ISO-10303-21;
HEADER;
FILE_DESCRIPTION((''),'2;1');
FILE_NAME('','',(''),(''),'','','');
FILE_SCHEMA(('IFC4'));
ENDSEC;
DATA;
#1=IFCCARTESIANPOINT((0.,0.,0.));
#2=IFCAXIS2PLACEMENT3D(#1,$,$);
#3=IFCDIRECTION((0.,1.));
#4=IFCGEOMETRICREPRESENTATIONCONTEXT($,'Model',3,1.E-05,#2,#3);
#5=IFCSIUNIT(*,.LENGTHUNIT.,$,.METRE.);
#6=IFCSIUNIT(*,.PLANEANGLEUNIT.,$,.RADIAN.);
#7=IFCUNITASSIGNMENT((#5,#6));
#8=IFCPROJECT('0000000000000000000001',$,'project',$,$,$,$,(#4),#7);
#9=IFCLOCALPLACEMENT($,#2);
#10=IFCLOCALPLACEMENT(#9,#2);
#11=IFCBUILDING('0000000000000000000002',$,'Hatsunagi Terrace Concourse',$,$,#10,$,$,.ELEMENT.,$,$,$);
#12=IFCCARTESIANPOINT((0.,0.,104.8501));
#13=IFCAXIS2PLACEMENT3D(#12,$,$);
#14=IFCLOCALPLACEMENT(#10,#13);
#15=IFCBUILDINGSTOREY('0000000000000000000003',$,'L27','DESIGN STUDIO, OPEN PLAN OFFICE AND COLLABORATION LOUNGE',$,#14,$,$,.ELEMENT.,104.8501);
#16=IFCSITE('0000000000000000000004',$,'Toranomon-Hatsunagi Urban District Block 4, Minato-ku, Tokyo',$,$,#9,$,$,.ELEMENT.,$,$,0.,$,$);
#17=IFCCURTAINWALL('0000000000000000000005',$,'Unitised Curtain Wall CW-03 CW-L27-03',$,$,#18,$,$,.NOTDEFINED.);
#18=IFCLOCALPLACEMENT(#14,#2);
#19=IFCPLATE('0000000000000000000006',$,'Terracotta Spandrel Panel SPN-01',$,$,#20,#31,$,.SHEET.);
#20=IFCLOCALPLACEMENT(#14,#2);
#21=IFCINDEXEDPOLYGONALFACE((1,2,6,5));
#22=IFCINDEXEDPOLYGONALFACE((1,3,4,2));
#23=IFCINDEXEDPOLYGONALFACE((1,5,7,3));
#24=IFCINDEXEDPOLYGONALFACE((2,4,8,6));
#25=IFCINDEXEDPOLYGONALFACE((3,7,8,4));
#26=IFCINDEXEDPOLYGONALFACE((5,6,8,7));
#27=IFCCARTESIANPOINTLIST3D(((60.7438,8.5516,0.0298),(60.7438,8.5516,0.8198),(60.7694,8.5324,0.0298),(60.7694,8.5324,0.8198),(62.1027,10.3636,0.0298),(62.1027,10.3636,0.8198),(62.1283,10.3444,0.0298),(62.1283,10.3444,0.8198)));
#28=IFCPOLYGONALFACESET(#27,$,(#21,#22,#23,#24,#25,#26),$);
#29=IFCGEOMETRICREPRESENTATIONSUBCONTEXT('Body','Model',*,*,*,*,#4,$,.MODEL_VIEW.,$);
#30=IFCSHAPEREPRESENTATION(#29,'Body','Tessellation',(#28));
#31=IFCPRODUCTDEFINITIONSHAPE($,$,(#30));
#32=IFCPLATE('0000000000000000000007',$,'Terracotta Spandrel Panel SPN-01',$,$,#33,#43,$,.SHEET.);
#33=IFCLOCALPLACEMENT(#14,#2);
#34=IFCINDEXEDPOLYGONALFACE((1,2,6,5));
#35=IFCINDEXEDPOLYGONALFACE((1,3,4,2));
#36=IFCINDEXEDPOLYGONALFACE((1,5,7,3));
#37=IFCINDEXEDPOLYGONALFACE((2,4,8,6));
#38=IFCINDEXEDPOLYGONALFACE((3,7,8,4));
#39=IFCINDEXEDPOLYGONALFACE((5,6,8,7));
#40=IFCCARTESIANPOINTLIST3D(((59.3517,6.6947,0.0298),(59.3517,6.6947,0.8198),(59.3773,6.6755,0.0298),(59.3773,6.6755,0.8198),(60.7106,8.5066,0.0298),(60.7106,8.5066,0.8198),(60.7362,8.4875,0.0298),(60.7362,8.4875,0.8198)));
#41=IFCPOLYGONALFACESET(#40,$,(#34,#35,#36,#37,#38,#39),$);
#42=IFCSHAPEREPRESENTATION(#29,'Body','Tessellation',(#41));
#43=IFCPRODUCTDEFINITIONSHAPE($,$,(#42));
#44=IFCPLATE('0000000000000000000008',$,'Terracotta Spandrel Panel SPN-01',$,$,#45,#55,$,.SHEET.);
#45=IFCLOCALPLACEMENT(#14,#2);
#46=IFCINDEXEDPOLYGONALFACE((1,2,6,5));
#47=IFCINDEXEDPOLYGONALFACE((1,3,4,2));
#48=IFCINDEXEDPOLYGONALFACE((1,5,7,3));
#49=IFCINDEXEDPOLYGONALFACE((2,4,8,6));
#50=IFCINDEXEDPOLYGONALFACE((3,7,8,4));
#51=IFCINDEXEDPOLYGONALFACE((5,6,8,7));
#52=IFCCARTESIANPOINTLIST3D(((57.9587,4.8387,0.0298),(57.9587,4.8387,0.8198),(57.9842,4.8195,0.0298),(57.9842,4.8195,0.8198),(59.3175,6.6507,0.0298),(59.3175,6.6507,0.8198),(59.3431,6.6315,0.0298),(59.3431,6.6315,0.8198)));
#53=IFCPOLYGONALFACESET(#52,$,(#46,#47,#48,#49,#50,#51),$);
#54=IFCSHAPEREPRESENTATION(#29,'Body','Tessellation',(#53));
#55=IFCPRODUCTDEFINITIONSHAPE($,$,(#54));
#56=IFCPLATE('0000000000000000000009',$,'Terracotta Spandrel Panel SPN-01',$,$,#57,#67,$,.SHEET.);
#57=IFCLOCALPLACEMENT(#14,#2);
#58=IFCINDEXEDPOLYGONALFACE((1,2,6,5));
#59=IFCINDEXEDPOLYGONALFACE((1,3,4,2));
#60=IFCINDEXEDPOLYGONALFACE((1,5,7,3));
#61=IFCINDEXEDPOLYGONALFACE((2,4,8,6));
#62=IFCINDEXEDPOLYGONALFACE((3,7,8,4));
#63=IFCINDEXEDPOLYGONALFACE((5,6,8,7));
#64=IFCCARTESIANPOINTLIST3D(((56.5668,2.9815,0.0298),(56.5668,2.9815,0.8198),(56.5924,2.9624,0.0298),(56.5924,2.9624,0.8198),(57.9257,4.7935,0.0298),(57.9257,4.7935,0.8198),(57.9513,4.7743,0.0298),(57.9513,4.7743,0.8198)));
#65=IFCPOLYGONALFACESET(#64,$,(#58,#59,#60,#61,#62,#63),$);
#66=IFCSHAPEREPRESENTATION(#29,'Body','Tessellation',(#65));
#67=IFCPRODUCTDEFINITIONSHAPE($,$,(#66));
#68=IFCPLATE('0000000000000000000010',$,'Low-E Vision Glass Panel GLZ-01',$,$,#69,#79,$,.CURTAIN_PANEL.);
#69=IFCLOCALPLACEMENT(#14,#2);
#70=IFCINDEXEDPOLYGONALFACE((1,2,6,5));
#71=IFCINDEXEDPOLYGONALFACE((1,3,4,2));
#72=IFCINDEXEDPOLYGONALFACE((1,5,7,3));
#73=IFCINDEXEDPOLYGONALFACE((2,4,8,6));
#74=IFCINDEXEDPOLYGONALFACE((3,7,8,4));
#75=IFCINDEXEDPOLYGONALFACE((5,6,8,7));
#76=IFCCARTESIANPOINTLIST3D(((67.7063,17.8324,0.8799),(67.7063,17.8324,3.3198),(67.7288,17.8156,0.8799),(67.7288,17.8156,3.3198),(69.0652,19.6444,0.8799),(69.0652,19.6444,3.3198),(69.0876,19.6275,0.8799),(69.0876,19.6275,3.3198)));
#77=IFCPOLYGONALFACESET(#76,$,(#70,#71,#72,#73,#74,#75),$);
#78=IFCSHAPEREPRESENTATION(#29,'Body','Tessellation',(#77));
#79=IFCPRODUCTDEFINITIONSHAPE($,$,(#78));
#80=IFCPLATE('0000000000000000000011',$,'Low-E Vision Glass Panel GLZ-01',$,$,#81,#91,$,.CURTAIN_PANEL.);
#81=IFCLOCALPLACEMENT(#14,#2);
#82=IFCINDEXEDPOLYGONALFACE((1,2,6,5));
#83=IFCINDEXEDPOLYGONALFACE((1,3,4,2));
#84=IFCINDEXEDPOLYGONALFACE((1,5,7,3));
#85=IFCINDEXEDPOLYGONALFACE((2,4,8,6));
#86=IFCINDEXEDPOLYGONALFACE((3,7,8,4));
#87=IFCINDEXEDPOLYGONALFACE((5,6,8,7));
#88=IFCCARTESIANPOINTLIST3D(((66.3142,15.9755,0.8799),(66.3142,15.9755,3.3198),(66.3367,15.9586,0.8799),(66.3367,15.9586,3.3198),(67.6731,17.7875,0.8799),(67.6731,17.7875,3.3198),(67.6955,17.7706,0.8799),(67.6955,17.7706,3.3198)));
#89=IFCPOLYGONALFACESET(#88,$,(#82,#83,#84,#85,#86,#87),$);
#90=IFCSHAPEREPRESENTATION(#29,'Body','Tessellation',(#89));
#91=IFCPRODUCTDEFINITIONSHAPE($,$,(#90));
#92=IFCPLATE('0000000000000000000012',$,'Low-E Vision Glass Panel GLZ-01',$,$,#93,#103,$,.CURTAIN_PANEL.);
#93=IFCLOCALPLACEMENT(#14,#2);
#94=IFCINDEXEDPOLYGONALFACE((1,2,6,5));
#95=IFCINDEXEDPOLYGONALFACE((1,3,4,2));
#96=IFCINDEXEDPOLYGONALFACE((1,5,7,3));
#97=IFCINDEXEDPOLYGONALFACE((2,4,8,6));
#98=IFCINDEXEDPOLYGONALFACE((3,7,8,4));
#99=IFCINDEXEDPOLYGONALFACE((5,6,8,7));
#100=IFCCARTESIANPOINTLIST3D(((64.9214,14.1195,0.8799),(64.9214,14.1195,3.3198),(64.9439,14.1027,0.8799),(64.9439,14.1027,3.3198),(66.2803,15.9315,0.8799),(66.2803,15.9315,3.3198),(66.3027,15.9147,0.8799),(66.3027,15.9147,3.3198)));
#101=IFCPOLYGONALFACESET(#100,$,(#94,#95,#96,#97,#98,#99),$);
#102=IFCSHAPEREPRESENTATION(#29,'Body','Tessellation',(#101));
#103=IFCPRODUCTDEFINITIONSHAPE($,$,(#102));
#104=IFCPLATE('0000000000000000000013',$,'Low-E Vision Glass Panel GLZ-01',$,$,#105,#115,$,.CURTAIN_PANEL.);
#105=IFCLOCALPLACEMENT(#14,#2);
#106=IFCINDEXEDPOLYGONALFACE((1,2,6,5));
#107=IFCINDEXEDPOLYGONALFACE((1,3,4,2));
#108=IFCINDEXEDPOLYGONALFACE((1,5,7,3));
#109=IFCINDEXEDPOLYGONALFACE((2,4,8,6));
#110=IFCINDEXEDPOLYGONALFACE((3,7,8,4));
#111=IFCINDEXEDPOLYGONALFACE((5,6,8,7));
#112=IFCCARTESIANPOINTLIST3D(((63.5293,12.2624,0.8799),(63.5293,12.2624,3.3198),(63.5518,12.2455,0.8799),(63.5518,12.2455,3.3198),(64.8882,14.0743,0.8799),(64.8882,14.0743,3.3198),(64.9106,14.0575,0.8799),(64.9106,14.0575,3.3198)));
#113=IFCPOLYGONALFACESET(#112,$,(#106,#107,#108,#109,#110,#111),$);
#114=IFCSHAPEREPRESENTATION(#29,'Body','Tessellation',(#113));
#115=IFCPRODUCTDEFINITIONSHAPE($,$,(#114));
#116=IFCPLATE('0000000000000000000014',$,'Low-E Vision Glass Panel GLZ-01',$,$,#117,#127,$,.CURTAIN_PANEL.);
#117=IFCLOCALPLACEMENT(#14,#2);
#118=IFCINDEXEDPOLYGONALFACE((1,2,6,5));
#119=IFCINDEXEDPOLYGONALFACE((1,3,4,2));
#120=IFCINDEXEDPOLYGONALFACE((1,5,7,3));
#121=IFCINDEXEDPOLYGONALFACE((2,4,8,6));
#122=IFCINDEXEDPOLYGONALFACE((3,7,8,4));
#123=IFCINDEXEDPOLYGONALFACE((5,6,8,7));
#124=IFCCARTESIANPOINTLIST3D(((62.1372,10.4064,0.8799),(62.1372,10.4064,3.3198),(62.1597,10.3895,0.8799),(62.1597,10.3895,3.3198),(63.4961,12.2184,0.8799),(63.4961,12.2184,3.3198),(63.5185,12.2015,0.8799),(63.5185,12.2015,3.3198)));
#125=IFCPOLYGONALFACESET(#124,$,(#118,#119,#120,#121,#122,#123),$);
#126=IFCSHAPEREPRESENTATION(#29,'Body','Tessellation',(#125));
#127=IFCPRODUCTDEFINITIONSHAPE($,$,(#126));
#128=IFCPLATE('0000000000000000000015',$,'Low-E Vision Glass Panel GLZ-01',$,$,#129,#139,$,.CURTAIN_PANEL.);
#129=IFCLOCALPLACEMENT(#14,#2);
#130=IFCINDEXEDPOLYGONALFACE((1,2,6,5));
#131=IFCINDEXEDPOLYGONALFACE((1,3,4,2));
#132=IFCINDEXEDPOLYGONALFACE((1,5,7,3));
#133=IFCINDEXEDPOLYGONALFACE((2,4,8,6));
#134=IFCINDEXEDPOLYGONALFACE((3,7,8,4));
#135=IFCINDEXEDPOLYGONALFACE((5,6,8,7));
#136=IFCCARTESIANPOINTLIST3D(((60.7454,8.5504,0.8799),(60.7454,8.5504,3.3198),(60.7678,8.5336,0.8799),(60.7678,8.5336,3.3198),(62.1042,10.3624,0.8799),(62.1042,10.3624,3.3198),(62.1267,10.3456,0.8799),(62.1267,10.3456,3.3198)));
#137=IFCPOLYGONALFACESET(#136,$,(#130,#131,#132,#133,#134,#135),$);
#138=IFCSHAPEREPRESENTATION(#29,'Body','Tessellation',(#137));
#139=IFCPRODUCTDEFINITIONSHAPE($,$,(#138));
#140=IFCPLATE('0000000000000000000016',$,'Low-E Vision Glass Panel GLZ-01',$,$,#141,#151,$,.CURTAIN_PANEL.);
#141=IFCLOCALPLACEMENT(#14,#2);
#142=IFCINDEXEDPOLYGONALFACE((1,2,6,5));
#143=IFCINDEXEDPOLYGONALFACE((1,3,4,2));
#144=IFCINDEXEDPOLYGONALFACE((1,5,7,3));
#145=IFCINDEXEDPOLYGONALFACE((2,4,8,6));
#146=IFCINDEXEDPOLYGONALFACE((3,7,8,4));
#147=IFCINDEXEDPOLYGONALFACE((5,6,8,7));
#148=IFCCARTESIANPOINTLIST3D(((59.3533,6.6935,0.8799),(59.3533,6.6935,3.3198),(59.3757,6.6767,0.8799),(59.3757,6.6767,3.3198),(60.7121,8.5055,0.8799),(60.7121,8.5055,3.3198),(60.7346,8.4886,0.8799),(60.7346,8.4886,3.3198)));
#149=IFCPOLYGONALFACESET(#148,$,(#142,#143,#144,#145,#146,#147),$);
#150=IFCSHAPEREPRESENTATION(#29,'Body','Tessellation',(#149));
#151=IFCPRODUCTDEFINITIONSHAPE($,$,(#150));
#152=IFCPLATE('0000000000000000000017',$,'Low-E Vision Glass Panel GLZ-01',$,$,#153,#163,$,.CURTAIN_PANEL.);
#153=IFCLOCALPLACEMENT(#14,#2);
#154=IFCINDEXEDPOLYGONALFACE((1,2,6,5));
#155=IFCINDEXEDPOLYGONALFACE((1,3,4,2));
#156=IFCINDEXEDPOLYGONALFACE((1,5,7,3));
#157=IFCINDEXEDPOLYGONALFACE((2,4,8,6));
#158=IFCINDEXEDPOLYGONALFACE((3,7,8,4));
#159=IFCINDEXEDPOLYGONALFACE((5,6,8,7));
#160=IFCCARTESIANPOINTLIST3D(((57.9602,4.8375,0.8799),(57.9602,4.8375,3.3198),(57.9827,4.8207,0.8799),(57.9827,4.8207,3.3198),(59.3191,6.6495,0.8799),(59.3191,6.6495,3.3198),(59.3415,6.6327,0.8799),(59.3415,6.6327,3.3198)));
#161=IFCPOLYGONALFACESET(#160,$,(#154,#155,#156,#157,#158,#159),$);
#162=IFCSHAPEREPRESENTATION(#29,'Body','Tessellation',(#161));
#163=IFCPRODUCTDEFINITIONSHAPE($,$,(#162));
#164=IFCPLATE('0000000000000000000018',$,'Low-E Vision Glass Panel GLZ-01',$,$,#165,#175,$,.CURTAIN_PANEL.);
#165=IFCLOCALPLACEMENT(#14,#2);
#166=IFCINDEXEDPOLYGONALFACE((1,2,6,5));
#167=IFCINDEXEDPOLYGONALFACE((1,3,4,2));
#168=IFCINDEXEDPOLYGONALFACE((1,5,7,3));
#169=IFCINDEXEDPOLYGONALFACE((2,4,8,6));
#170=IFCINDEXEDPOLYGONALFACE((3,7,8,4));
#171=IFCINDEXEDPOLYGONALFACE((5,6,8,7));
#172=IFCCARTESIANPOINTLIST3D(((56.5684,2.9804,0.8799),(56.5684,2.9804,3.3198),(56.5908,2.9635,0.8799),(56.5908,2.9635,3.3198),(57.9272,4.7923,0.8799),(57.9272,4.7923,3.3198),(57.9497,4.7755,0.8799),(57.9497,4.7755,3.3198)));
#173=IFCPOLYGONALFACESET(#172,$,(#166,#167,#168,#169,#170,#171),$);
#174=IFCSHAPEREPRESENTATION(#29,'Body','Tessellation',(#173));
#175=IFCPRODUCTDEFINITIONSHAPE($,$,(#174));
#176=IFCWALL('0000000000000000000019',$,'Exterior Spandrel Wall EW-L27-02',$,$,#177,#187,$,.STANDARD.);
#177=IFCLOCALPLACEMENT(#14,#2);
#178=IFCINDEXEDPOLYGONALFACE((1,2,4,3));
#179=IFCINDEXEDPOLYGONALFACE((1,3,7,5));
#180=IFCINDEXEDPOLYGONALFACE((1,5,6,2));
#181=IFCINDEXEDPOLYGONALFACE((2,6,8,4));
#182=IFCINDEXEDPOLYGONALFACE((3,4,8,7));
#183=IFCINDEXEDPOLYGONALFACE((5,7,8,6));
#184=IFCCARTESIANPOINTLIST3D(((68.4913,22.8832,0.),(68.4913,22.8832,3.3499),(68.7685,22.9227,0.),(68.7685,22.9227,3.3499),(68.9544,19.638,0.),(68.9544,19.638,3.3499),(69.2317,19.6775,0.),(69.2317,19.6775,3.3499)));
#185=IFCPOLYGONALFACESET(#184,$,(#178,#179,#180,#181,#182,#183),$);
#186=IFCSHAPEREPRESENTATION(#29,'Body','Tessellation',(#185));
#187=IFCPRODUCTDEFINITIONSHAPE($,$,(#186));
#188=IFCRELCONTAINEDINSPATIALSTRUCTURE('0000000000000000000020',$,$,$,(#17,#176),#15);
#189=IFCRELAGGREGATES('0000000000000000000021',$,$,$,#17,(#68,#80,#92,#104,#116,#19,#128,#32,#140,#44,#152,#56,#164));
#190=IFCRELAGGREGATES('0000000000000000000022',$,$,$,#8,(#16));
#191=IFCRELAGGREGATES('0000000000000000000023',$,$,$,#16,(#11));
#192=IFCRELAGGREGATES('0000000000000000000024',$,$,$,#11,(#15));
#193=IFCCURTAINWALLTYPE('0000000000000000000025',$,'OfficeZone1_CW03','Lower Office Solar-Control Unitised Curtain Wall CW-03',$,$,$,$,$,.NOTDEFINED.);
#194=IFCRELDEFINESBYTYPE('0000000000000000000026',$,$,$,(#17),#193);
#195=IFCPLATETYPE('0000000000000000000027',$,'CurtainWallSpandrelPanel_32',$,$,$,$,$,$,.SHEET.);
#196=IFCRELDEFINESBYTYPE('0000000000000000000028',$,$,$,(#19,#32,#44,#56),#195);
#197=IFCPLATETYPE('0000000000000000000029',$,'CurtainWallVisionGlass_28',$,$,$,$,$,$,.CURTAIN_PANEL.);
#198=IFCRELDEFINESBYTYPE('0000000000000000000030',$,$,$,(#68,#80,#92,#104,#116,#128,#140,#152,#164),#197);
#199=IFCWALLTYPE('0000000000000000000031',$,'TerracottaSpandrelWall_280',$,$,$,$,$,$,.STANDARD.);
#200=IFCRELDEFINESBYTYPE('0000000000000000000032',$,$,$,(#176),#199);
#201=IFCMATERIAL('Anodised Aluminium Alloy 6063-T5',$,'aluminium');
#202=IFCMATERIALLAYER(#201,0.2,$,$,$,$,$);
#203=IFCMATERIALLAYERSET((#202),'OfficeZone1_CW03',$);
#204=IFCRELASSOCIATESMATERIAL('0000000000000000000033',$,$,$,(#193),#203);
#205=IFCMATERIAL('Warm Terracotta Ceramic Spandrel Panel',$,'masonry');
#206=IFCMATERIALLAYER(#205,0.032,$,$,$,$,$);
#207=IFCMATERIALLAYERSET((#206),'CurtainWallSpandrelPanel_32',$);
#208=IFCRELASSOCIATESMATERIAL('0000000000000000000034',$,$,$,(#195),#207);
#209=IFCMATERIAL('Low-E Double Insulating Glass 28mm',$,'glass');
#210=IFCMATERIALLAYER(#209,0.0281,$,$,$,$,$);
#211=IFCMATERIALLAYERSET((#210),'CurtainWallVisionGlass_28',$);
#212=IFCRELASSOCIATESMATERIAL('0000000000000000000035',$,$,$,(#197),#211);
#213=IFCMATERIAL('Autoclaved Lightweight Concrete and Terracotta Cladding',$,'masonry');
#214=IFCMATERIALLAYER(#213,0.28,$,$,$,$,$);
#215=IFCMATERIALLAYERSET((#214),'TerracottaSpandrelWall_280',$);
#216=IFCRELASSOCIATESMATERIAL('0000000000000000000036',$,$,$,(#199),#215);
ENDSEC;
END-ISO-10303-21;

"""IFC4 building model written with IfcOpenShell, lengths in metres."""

from ifc_helpers import new_model, si_unit, direction, frame, frame_2d, origin, origin_2d, place, context, subcontext, project, spatial, rectangle, extrude, material, layer, layer_set, type_object, element, aggregate, save


model = new_model("IFC4")

# Units and contexts
model_context = context("Model", 3, precision=1e-05, world=origin(), true_north=direction((0.0, 1.0)))
body_context = subcontext(model_context, "Body", "Model", "MODEL_VIEW")
ifc_project = project(units=[si_unit("LENGTHUNIT", "METRE"), si_unit("PLANEANGLEUNIT", "RADIAN")], contexts=[model_context])

# Site, building, storey
site_placement = place(None, origin())
site = spatial("IfcSite", under=ifc_project, at=site_placement, Name="Toranomon-Hatsunagi Urban District Block 4, Minato-ku, Tokyo", CompositionType="ELEMENT", RefElevation=0.0)
building_placement = place(site_placement, origin())
building = spatial("IfcBuilding", under=site, at=building_placement, Name="Hatsunagi Terrace Concourse", CompositionType="ELEMENT")
storey_placement = place(building_placement, frame((0.0, 0.0, 104.8501)))
storey = spatial("IfcBuildingStorey", under=building, at=storey_placement, Name="L27", Description="DESIGN STUDIO, OPEN PLAN OFFICE AND COLLABORATION LOUNGE", CompositionType="ELEMENT", Elevation=104.8501)

# Curtain wall
ifc_material_1 = material(Name="Anodised Aluminium Alloy 6063-T5", Category="aluminium")
ifc_layer_1 = layer(ifc_material_1, 0.2)
ifc_layer_set_1 = layer_set([ifc_layer_1], Name="OfficeZone1_CW03")
curtain_wall_type = type_object("IfcCurtainWallType", Name="OfficeZone1_CW03", Description="Lower Office Solar-Control Unitised Curtain Wall CW-03", PredefinedType="NOTDEFINED", material=ifc_layer_set_1)
curtain_wall_placement = place(storey_placement, origin())
curtain_wall = element("IfcCurtainWall", 1, at=curtain_wall_placement, inside=storey, type_object=curtain_wall_type, Name="Unitised Curtain Wall CW-03 CW-L27-03", PredefinedType="NOTDEFINED")

# Plates
ifc_material_2 = material(Name="Warm Terracotta Ceramic Spandrel Panel", Category="masonry")
ifc_layer_2 = layer(ifc_material_2, 0.032)
ifc_layer_set_2 = layer_set([ifc_layer_2], Name="CurtainWallSpandrelPanel_32")
plate_type_1 = type_object("IfcPlateType", Name="CurtainWallSpandrelPanel_32", PredefinedType="SHEET", material=ifc_layer_set_2)
plate_1_placement = place(storey_placement, frame((61.436, 9.448, 0.0298), z_axis=(0.0, 0.0, 1.0), x_axis=(-0.599969, -0.800023, 0.0)))
plate_1 = element("IfcPlate", 2, at=plate_1_placement, type_object=plate_type_1, Name="Terracotta Spandrel Panel SPN-01", PredefinedType="SHEET", context=body_context, shape_type="SweptSolid", body=[
    extrude(rectangle(XDim=2.2649, YDim=0.032, at=origin_2d()), origin(), (0.0, 0.0, 1.0), 0.79),
])
plate_2_placement = place(storey_placement, frame((60.0439, 7.5911, 0.0298), z_axis=(0.0, 0.0, 1.0), x_axis=(-0.599969, -0.800023, 0.0)))
plate_2 = element("IfcPlate", 3, at=plate_2_placement, type_object=plate_type_1, Name="Terracotta Spandrel Panel SPN-01", PredefinedType="SHEET", context=body_context, shape_type="SweptSolid", body=[
    extrude(rectangle(XDim=2.2649, YDim=0.032, at=origin_2d()), origin(), (0.0, 0.0, 1.0), 0.79),
])
plate_3_placement = place(storey_placement, frame((58.6509, 5.7351, 0.0298), z_axis=(0.0, 0.0, 1.0), x_axis=(-0.599969, -0.800023, 0.0)))
plate_3 = element("IfcPlate", 4, at=plate_3_placement, type_object=plate_type_1, Name="Terracotta Spandrel Panel SPN-01", PredefinedType="SHEET", context=body_context, shape_type="SweptSolid", body=[
    extrude(rectangle(XDim=2.2649, YDim=0.032, at=origin_2d()), origin(), (0.0, 0.0, 1.0), 0.79),
])
plate_4_placement = place(storey_placement, frame((57.259, 3.8779, 0.0298), z_axis=(0.0, 0.0, 1.0), x_axis=(-0.599969, -0.800023, 0.0)))
plate_4 = element("IfcPlate", 5, at=plate_4_placement, type_object=plate_type_1, Name="Terracotta Spandrel Panel SPN-01", PredefinedType="SHEET", context=body_context, shape_type="SweptSolid", body=[
    extrude(rectangle(XDim=2.2649, YDim=0.032, at=origin_2d()), origin(), (0.0, 0.0, 1.0), 0.79),
])
ifc_material_3 = material(Name="Low-E Double Insulating Glass 28mm", Category="glass")
ifc_layer_3 = layer(ifc_material_3, 0.0281)
ifc_layer_set_3 = layer_set([ifc_layer_3], Name="CurtainWallVisionGlass_28")
plate_type_2 = type_object("IfcPlateType", Name="CurtainWallVisionGlass_28", PredefinedType="CURTAIN_PANEL", material=ifc_layer_set_3)
plate_5_placement = place(storey_placement, frame((68.397, 18.73, 0.8799), z_axis=(0.0, 0.0, 1.0), x_axis=(-0.599969, -0.800023, 0.0)))
plate_5 = element("IfcPlate", 6, at=plate_5_placement, type_object=plate_type_2, Name="Low-E Vision Glass Panel GLZ-01", PredefinedType="CURTAIN_PANEL", context=body_context, shape_type="SweptSolid", body=[
    extrude(rectangle(XDim=2.2649, YDim=0.0281, at=origin_2d()), origin(), (0.0, 0.0, 1.0), 2.4399),
])
plate_6_placement = place(storey_placement, frame((67.0049, 16.873, 0.8799), z_axis=(0.0, 0.0, 1.0), x_axis=(-0.599969, -0.800023, 0.0)))
plate_6 = element("IfcPlate", 7, at=plate_6_placement, type_object=plate_type_2, Name="Low-E Vision Glass Panel GLZ-01", PredefinedType="CURTAIN_PANEL", context=body_context, shape_type="SweptSolid", body=[
    extrude(rectangle(XDim=2.2649, YDim=0.0281, at=origin_2d()), origin(), (0.0, 0.0, 1.0), 2.4399),
])
plate_7_placement = place(storey_placement, frame((65.6121, 15.0171, 0.8799), z_axis=(0.0, 0.0, 1.0), x_axis=(-0.599969, -0.800023, 0.0)))
plate_7 = element("IfcPlate", 8, at=plate_7_placement, type_object=plate_type_2, Name="Low-E Vision Glass Panel GLZ-01", PredefinedType="CURTAIN_PANEL", context=body_context, shape_type="SweptSolid", body=[
    extrude(rectangle(XDim=2.2649, YDim=0.0281, at=origin_2d()), origin(), (0.0, 0.0, 1.0), 2.4399),
])
plate_8_placement = place(storey_placement, frame((64.22, 13.1599, 0.8799), z_axis=(0.0, 0.0, 1.0), x_axis=(-0.599969, -0.800023, 0.0)))
plate_8 = element("IfcPlate", 9, at=plate_8_placement, type_object=plate_type_2, Name="Low-E Vision Glass Panel GLZ-01", PredefinedType="CURTAIN_PANEL", context=body_context, shape_type="SweptSolid", body=[
    extrude(rectangle(XDim=2.2649, YDim=0.0281, at=origin_2d()), origin(), (0.0, 0.0, 1.0), 2.4399),
])
plate_9_placement = place(storey_placement, frame((62.8279, 11.304, 0.8799), z_axis=(0.0, 0.0, 1.0), x_axis=(-0.599969, -0.800023, 0.0)))
plate_9 = element("IfcPlate", 10, at=plate_9_placement, type_object=plate_type_2, Name="Low-E Vision Glass Panel GLZ-01", PredefinedType="CURTAIN_PANEL", context=body_context, shape_type="SweptSolid", body=[
    extrude(rectangle(XDim=2.2649, YDim=0.0281, at=origin_2d()), origin(), (0.0, 0.0, 1.0), 2.4399),
])
plate_10_placement = place(storey_placement, frame((61.436, 9.448, 0.8799), z_axis=(0.0, 0.0, 1.0), x_axis=(-0.599969, -0.800023, 0.0)))
plate_10 = element("IfcPlate", 11, at=plate_10_placement, type_object=plate_type_2, Name="Low-E Vision Glass Panel GLZ-01", PredefinedType="CURTAIN_PANEL", context=body_context, shape_type="SweptSolid", body=[
    extrude(rectangle(XDim=2.2649, YDim=0.0281, at=origin_2d()), origin(), (0.0, 0.0, 1.0), 2.4399),
])
plate_11_placement = place(storey_placement, frame((60.0439, 7.5911, 0.8799), z_axis=(0.0, 0.0, 1.0), x_axis=(-0.599969, -0.800023, 0.0)))
plate_11 = element("IfcPlate", 12, at=plate_11_placement, type_object=plate_type_2, Name="Low-E Vision Glass Panel GLZ-01", PredefinedType="CURTAIN_PANEL", context=body_context, shape_type="SweptSolid", body=[
    extrude(rectangle(XDim=2.2649, YDim=0.0281, at=origin_2d()), origin(), (0.0, 0.0, 1.0), 2.4399),
])
plate_12_placement = place(storey_placement, frame((58.6509, 5.7351, 0.8799), z_axis=(0.0, 0.0, 1.0), x_axis=(-0.599969, -0.800023, 0.0)))
plate_12 = element("IfcPlate", 13, at=plate_12_placement, type_object=plate_type_2, Name="Low-E Vision Glass Panel GLZ-01", PredefinedType="CURTAIN_PANEL", context=body_context, shape_type="SweptSolid", body=[
    extrude(rectangle(XDim=2.2649, YDim=0.0281, at=origin_2d()), origin(), (0.0, 0.0, 1.0), 2.4399),
])
plate_13_placement = place(storey_placement, frame((57.259, 3.8779, 0.8799), z_axis=(0.0, 0.0, 1.0), x_axis=(-0.599969, -0.800023, 0.0)))
plate_13 = element("IfcPlate", 14, at=plate_13_placement, type_object=plate_type_2, Name="Low-E Vision Glass Panel GLZ-01", PredefinedType="CURTAIN_PANEL", context=body_context, shape_type="SweptSolid", body=[
    extrude(rectangle(XDim=2.2649, YDim=0.0281, at=origin_2d()), origin(), (0.0, 0.0, 1.0), 2.4399),
])
aggregate(curtain_wall, [plate_5, plate_6, plate_7, plate_8, plate_9, plate_1, plate_10, plate_2, plate_11, plate_3, plate_12, plate_4, plate_13])

# Wall
ifc_material_4 = material(Name="Autoclaved Lightweight Concrete and Terracotta Cladding", Category="masonry")
ifc_layer_4 = layer(ifc_material_4, 0.28)
ifc_layer_set_4 = layer_set([ifc_layer_4], Name="TerracottaSpandrelWall_280")
wall_type = type_object("IfcWallType", Name="TerracottaSpandrelWall_280", PredefinedType="STANDARD", material=ifc_layer_set_4)
wall_placement = place(storey_placement, frame((68.6299, 22.9031, 0.0), z_axis=(0.0, 0.0, 1.0), x_axis=(0.141286, -0.989969, 0.0)))
element("IfcWall", 15, at=wall_placement, inside=storey, type_object=wall_type, Name="Exterior Spandrel Wall EW-L27-02", PredefinedType="STANDARD", context=body_context, shape_type="SweptSolid", body=[
    extrude(rectangle(XDim=3.2781, YDim=0.28, at=frame_2d((1.6392, 0.0))), origin(), (0.0, 0.0, 1.0), 3.3499),
])

save(model, "model.ifc")
